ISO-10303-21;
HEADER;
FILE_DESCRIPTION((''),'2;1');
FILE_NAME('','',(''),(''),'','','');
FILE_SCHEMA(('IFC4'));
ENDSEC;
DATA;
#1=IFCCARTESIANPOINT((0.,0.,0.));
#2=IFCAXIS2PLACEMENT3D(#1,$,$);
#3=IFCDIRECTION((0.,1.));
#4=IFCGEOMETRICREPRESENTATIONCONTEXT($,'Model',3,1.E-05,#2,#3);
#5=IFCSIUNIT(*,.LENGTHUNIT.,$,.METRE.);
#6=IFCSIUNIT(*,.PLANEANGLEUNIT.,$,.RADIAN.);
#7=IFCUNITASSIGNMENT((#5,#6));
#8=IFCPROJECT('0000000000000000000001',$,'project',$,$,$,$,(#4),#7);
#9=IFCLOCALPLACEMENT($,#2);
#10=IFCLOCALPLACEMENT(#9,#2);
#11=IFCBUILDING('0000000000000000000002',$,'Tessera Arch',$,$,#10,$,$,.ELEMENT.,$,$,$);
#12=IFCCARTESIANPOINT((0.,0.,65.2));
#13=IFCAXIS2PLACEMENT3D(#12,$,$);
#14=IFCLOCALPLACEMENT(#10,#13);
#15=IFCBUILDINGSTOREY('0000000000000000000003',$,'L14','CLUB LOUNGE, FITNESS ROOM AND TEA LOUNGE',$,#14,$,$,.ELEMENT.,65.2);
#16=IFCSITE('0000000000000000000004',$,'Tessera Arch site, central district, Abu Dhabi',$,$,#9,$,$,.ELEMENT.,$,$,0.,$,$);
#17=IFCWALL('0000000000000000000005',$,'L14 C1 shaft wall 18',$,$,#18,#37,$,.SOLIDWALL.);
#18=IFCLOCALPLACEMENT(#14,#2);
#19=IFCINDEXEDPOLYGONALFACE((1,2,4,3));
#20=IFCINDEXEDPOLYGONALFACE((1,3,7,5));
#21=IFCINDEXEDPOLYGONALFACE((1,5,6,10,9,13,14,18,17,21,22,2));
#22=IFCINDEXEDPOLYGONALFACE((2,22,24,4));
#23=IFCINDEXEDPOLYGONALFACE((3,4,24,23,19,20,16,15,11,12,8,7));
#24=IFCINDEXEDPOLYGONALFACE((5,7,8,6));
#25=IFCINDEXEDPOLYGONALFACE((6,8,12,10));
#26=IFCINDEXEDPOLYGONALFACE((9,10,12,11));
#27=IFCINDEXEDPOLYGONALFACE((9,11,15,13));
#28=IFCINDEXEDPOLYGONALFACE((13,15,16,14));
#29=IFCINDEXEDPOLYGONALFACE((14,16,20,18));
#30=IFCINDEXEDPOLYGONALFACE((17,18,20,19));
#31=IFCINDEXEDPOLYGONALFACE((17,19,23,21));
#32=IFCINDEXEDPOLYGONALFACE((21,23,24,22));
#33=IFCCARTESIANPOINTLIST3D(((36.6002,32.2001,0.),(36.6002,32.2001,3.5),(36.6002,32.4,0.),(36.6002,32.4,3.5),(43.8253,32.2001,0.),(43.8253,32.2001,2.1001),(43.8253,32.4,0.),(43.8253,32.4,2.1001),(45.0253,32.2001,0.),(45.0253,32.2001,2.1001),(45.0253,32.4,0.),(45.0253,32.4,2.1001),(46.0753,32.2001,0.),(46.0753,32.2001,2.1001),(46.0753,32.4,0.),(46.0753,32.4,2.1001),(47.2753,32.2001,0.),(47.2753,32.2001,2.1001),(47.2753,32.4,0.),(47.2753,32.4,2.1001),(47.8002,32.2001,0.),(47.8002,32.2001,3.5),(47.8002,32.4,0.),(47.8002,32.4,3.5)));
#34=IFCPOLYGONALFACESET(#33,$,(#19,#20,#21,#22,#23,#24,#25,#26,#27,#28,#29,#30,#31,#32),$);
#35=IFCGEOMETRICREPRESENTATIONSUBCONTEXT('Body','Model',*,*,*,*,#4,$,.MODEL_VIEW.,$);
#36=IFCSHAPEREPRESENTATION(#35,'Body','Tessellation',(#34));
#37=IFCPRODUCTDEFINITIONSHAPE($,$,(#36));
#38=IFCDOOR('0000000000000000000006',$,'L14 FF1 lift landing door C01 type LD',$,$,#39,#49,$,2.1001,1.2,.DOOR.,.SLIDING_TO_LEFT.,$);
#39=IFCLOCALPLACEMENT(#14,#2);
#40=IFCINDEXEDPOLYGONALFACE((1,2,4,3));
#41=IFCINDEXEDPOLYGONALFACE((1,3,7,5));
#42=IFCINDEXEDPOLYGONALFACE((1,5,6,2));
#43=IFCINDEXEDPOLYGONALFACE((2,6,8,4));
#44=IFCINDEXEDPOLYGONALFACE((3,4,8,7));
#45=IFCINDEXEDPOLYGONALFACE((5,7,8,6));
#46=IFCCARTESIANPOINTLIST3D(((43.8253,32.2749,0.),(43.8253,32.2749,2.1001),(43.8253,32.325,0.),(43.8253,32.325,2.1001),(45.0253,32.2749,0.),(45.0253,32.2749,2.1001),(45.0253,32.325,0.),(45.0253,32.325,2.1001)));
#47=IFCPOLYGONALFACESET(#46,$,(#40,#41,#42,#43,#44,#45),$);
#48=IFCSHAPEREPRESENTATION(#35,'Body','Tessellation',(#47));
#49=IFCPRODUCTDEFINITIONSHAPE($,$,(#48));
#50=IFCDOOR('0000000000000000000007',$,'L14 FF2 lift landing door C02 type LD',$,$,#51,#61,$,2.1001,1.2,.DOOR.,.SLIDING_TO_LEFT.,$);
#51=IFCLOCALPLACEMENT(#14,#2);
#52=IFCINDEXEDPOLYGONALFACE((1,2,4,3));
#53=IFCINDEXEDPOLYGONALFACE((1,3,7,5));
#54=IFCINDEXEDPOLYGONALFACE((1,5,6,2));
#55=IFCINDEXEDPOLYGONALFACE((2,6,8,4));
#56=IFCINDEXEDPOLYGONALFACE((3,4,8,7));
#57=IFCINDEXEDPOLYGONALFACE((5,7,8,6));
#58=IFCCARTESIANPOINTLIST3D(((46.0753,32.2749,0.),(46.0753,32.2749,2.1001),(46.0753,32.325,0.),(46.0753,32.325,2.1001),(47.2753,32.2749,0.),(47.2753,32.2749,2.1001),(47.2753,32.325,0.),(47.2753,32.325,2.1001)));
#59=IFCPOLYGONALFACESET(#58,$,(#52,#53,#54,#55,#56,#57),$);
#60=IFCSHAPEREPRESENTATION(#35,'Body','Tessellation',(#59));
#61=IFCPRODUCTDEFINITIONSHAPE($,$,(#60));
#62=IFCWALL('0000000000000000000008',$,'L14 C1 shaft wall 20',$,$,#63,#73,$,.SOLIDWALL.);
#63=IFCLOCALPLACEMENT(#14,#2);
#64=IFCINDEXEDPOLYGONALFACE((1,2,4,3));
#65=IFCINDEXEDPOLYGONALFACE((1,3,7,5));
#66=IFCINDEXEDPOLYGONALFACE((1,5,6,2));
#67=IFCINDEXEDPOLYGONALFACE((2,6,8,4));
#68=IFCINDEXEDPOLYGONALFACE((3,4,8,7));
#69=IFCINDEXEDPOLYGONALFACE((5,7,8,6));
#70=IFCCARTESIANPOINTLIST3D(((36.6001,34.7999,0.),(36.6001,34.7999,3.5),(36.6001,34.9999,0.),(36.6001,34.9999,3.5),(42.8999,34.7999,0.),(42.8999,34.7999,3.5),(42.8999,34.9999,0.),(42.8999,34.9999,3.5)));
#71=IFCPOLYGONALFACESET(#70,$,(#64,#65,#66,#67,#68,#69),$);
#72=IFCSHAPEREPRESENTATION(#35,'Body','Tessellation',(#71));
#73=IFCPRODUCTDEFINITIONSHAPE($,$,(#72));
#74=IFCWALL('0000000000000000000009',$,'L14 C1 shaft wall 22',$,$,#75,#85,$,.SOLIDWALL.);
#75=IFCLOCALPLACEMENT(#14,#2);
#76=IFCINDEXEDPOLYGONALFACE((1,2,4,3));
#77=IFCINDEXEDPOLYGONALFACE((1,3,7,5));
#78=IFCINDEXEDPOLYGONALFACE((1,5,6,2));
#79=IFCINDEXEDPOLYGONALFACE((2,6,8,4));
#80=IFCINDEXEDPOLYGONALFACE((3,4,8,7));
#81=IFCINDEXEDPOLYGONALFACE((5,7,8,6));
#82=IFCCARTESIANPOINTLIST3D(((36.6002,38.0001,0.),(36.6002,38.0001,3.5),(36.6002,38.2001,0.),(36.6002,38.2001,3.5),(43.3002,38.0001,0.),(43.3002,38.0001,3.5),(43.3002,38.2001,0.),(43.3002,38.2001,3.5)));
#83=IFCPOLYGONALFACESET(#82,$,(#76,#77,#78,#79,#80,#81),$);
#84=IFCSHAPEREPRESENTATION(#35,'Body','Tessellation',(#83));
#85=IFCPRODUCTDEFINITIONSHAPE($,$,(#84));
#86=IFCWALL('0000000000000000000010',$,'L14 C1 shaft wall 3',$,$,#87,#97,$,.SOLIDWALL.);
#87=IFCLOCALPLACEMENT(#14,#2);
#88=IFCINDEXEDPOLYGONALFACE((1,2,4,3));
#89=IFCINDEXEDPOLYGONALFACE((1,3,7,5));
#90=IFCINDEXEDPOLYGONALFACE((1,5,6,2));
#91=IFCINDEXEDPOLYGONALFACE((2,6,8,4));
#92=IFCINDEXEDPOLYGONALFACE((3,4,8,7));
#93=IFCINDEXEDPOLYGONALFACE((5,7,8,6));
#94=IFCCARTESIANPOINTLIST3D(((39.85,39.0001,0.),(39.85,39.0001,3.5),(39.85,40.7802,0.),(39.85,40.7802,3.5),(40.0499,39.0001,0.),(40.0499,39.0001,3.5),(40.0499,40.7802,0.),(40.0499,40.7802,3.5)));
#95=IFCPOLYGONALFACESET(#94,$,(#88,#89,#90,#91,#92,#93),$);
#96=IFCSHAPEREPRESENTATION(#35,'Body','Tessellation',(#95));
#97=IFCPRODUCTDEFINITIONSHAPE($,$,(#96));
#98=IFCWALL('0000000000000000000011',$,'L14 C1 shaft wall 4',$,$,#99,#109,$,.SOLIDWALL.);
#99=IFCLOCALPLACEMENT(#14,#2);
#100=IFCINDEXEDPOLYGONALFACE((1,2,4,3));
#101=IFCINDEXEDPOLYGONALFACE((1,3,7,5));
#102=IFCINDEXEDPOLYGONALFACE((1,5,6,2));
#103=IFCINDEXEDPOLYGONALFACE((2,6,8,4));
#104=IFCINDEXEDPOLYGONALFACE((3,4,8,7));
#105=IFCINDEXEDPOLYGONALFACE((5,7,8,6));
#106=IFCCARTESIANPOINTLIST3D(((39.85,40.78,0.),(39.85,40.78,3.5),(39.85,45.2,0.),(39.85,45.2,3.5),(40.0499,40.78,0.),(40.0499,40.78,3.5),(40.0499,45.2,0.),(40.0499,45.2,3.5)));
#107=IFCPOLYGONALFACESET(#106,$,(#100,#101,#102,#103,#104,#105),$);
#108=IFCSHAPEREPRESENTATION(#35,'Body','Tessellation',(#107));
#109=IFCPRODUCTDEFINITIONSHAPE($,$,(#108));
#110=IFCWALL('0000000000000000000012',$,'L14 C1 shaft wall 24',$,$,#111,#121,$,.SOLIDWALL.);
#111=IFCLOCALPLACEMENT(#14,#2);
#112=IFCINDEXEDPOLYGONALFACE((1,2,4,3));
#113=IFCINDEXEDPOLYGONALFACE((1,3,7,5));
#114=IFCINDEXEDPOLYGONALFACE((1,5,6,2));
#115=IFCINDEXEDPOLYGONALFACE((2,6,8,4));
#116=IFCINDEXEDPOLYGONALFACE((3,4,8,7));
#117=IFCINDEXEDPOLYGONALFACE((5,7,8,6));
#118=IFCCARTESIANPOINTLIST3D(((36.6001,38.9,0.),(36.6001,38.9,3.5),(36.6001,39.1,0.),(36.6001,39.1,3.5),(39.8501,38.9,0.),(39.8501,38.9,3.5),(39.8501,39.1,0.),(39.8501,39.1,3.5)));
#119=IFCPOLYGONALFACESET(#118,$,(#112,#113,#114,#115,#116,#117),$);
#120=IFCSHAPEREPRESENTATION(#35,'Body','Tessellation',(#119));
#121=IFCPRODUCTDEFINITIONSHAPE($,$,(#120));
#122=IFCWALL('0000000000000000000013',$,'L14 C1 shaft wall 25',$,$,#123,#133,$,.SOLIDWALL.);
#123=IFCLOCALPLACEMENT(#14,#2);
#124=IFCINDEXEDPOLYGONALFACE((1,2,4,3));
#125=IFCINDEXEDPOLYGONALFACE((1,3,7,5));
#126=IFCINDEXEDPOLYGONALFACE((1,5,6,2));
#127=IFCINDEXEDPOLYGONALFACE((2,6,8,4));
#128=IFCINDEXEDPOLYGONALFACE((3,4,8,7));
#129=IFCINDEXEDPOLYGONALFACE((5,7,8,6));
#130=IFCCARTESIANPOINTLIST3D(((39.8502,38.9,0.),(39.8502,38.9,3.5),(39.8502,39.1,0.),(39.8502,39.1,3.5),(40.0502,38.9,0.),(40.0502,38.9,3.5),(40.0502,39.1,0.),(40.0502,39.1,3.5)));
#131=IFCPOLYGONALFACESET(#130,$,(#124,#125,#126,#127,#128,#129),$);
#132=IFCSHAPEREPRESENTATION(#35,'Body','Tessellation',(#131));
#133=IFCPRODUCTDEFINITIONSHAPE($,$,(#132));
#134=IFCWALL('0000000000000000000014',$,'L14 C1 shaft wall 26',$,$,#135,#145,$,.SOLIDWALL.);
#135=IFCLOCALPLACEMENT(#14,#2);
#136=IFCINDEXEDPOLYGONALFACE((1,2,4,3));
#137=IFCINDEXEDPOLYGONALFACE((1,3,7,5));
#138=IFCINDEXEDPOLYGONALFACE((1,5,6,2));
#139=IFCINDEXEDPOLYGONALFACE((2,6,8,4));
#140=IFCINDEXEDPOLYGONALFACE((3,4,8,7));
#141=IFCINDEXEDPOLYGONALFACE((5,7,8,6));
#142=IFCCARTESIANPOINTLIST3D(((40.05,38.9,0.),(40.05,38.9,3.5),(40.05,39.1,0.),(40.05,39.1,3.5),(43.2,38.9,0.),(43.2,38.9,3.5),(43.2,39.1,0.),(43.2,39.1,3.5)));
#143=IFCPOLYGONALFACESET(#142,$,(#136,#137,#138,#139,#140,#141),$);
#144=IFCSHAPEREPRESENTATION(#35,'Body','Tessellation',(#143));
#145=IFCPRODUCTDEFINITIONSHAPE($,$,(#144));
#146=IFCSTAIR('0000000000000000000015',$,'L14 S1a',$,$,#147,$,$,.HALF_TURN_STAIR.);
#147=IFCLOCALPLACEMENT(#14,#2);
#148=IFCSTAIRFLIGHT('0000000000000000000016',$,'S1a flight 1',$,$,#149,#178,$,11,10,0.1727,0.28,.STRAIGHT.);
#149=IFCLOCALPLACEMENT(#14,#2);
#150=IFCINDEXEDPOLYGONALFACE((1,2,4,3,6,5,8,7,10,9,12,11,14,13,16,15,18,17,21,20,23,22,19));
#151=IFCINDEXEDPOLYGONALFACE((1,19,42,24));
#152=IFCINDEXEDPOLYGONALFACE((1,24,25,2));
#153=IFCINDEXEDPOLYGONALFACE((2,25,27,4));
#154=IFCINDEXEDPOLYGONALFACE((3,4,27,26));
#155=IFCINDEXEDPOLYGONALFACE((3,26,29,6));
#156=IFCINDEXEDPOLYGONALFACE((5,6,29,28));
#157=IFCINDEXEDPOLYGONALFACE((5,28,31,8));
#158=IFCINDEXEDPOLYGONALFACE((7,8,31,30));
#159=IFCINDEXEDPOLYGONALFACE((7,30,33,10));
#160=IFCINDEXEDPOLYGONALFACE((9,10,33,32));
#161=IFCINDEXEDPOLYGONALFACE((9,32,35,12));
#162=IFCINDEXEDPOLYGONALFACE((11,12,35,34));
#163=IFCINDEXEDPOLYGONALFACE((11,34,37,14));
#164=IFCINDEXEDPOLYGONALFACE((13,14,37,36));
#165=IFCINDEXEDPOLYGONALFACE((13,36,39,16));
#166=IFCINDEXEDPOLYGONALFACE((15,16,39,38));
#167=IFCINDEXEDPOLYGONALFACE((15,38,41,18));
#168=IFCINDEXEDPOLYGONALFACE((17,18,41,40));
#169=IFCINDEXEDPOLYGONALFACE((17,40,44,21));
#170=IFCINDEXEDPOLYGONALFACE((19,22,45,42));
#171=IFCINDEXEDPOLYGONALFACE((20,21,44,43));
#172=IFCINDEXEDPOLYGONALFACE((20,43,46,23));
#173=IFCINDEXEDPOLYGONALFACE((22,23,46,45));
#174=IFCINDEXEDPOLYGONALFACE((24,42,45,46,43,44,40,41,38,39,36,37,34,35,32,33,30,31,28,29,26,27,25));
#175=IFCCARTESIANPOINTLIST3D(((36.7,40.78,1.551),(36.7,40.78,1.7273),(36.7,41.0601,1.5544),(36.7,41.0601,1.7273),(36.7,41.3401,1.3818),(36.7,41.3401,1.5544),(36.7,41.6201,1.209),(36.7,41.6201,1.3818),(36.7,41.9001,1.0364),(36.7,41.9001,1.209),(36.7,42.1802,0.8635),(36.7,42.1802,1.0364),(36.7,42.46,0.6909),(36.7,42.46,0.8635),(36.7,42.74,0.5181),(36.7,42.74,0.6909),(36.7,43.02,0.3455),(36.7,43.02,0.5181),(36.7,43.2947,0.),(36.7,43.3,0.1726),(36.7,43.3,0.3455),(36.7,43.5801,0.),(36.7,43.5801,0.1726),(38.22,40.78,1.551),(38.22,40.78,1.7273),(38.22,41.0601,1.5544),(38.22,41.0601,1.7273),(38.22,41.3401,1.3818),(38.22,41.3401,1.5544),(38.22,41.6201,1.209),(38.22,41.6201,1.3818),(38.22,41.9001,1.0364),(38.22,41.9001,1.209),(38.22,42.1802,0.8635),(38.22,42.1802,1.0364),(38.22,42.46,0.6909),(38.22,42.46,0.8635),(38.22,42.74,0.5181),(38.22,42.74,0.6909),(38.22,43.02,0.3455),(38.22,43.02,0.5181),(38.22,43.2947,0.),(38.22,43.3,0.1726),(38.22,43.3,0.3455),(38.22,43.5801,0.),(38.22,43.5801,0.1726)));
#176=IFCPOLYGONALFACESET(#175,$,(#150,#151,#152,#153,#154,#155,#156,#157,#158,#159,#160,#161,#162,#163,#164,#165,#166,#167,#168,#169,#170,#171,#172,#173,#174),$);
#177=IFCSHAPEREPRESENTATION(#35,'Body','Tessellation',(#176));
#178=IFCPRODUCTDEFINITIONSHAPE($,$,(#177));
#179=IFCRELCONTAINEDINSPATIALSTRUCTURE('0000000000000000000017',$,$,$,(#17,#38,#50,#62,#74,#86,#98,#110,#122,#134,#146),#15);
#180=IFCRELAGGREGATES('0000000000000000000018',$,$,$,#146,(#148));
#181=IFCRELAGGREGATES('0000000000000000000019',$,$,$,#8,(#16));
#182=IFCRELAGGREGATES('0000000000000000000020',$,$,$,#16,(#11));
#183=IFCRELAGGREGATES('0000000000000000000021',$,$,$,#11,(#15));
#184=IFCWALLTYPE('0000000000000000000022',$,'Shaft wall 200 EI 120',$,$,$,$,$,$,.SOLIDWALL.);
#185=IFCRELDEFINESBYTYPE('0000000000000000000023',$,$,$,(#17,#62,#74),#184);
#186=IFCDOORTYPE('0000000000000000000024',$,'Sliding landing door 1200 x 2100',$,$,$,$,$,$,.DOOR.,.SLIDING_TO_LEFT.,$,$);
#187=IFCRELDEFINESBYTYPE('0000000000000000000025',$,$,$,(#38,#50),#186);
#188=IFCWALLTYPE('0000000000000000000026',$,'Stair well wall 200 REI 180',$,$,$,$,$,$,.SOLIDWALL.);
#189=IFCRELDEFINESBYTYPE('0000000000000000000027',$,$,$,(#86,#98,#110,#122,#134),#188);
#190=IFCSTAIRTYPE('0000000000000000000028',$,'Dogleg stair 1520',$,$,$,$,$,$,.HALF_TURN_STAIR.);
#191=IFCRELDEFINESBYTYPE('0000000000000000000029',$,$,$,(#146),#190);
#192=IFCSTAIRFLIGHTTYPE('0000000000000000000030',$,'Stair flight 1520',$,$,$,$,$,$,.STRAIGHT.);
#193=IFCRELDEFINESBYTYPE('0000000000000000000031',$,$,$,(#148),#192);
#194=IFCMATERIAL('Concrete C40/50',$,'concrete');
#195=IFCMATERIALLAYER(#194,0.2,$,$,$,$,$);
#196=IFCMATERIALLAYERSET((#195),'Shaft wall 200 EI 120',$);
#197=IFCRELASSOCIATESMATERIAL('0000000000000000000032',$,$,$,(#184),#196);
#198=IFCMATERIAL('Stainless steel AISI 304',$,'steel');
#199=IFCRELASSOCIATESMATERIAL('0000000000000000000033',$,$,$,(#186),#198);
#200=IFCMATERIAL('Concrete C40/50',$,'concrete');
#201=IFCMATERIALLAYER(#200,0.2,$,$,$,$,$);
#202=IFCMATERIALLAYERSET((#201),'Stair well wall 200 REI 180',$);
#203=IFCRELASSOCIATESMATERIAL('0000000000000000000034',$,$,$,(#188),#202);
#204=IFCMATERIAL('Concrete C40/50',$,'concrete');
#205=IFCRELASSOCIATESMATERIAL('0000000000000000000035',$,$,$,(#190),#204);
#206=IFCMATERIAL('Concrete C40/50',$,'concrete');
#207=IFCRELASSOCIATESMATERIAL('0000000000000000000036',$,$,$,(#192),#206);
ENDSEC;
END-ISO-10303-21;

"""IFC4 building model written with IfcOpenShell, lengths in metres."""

from ifc_helpers import new_model, si_unit, direction, frame, frame_2d, origin, place, context, subcontext, project, spatial, polyline, rectangle, outline, extrude, material, layer, layer_set, type_object, element, fill, aggregate, save


model = new_model("IFC4")

# Units and contexts
model_context = context("Model", 3, precision=1e-05, world=origin(), true_north=direction((0.0, 1.0)))
body_context = subcontext(model_context, "Body", "Model", "MODEL_VIEW")
ifc_project = project(units=[si_unit("LENGTHUNIT", "METRE"), si_unit("PLANEANGLEUNIT", "RADIAN")], contexts=[model_context])

# Site, building, storey
site_placement = place(None, origin())
site = spatial("IfcSite", under=ifc_project, at=site_placement, Name="Tessera Arch site, central district, Abu Dhabi", CompositionType="ELEMENT", RefElevation=0.0)
building_placement = place(site_placement, origin())
building = spatial("IfcBuilding", under=site, at=building_placement, Name="Tessera Arch", CompositionType="ELEMENT")
storey_placement = place(building_placement, frame((0.0, 0.0, 65.2)))
storey = spatial("IfcBuildingStorey", under=building, at=storey_placement, Name="L14", Description="CLUB LOUNGE, FITNESS ROOM AND TEA LOUNGE", CompositionType="ELEMENT", Elevation=65.2)

# Shared definitions
ifc_material_1 = material(Name="Concrete C40/50", Category="concrete")
ifc_layer_1 = layer(ifc_material_1, 0.2)
ifc_layer_set_1 = layer_set([ifc_layer_1], Name="Shaft wall 200 EI 120")
wall_type_1 = type_object("IfcWallType", Name="Shaft wall 200 EI 120", PredefinedType="SOLIDWALL", material=ifc_layer_set_1)

# Wall, openings, doors
wall_1_placement = place(storey_placement, frame((36.6001, 32.3, 0.0), z_axis=(0.0, 0.0, 1.0), x_axis=(1.0, 0.0, 0.0)))
wall_1 = element("IfcWall", 1, at=wall_1_placement, inside=storey, type_object=wall_type_1, Name="L14 C1 shaft wall 18", PredefinedType="SOLIDWALL", context=body_context, shape_type="SweptSolid", body=[
    extrude(rectangle(XDim=11.2, YDim=0.2, at=frame_2d((5.6001, 0.0))), origin(), (0.0, 0.0, 1.0), 3.5),
])
opening_1_placement = place(wall_1_placement, frame((7.2251, 0.0, 0.0)))
opening_1 = element("IfcOpeningElement", 2, at=opening_1_placement, cuts=wall_1, PredefinedType="OPENING", context=body_context, shape_type="SweptSolid", body=[
    extrude(rectangle(XDim=1.2, YDim=2.1001, at=frame_2d((0.6001, 1.05))), frame((0.0, 0.1099, 0.0), z_axis=(0.0, -1.0, 0.0), x_axis=(1.0, 0.0, 0.0)), (0.0, 0.0, 1.0), 0.22),
])
opening_2_placement = place(wall_1_placement, frame((9.4751, 0.0, 0.0)))
opening_2 = element("IfcOpeningElement", 3, at=opening_2_placement, cuts=wall_1, PredefinedType="OPENING", context=body_context, shape_type="SweptSolid", body=[
    extrude(rectangle(XDim=1.2, YDim=2.1001, at=frame_2d((0.6001, 1.05))), frame((0.0, 0.1099, 0.0), z_axis=(0.0, -1.0, 0.0), x_axis=(1.0, 0.0, 0.0)), (0.0, 0.0, 1.0), 0.22),
])
ifc_material_2 = material(Name="Stainless steel AISI 304", Category="steel")
door_type_1 = type_object("IfcDoorType", Name="Sliding landing door 1200 x 2100", OperationType="SLIDING_TO_LEFT", PredefinedType="DOOR", material=ifc_material_2)
door_1_placement = place(opening_1_placement, origin())
door_1 = element("IfcDoor", 4, at=door_1_placement, inside=storey, type_object=door_type_1, Name="L14 FF1 lift landing door C01 type LD", OperationType="SLIDING_TO_LEFT", OverallHeight=2.1001, OverallWidth=1.2, PredefinedType="DOOR", context=body_context, shape_type="SweptSolid", body=[
    extrude(rectangle(XDim=1.2, YDim=2.1001, at=frame_2d((0.6001, 1.05))), frame((0.0, 0.0249, 0.0), z_axis=(0.0, -1.0, 0.0), x_axis=(1.0, 0.0, 0.0)), (0.0, 0.0, 1.0), 0.05),
])
fill(opening_1, door_1)
door_2_placement = place(opening_2_placement, origin())
door_2 = element("IfcDoor", 5, at=door_2_placement, inside=storey, type_object=door_type_1, Name="L14 FF2 lift landing door C02 type LD", OperationType="SLIDING_TO_LEFT", OverallHeight=2.1001, OverallWidth=1.2, PredefinedType="DOOR", context=body_context, shape_type="SweptSolid", body=[
    extrude(rectangle(XDim=1.2, YDim=2.1001, at=frame_2d((0.6001, 1.05))), frame((0.0, 0.0249, 0.0), z_axis=(0.0, -1.0, 0.0), x_axis=(1.0, 0.0, 0.0)), (0.0, 0.0, 1.0), 0.05),
])
fill(opening_2, door_2)

# Walls
wall_2_placement = place(storey_placement, frame((36.6001, 34.8999, 0.0), z_axis=(0.0, 0.0, 1.0), x_axis=(1.0, 0.0, 0.0)))
element("IfcWall", 6, at=wall_2_placement, inside=storey, type_object=wall_type_1, Name="L14 C1 shaft wall 20", PredefinedType="SOLIDWALL", context=body_context, shape_type="SweptSolid", body=[
    extrude(rectangle(XDim=6.2998, YDim=0.2, at=frame_2d((3.1499, 0.0))), origin(), (0.0, 0.0, 1.0), 3.5),
])
wall_3_placement = place(storey_placement, frame((36.6001, 38.1001, 0.0), z_axis=(0.0, 0.0, 1.0), x_axis=(1.0, 0.0, 0.0)))
element("IfcWall", 7, at=wall_3_placement, inside=storey, type_object=wall_type_1, Name="L14 C1 shaft wall 22", PredefinedType="SOLIDWALL", context=body_context, shape_type="SweptSolid", body=[
    extrude(rectangle(XDim=6.7, YDim=0.2, at=frame_2d((3.3501, 0.0))), origin(), (0.0, 0.0, 1.0), 3.5),
])
ifc_material_3 = material(Name="Concrete C40/50", Category="concrete")
ifc_layer_2 = layer(ifc_material_3, 0.2)
ifc_layer_set_2 = layer_set([ifc_layer_2], Name="Stair well wall 200 REI 180")
wall_type_2 = type_object("IfcWallType", Name="Stair well wall 200 REI 180", PredefinedType="SOLIDWALL", material=ifc_layer_set_2)
wall_4_placement = place(storey_placement, frame((39.95, 39.0, 0.0), z_axis=(0.0, 0.0, 1.0), x_axis=(0.0, 1.0, 0.0)))
element("IfcWall", 8, at=wall_4_placement, inside=storey, type_object=wall_type_2, Name="L14 C1 shaft wall 3", PredefinedType="SOLIDWALL", context=body_context, shape_type="SweptSolid", body=[
    extrude(rectangle(XDim=1.78, YDim=0.2, at=frame_2d((0.8901, 0.0))), origin(), (0.0, 0.0, 1.0), 3.5),
])
wall_5_placement = place(storey_placement, frame((39.95, 40.78, 0.0), z_axis=(0.0, 0.0, 1.0), x_axis=(0.0, 1.0, 0.0)))
element("IfcWall", 9, at=wall_5_placement, inside=storey, type_object=wall_type_2, Name="L14 C1 shaft wall 4", PredefinedType="SOLIDWALL", context=body_context, shape_type="SweptSolid", body=[
    extrude(rectangle(XDim=4.4199, YDim=0.2, at=frame_2d((2.21, 0.0))), origin(), (0.0, 0.0, 1.0), 3.5),
])
wall_6_placement = place(storey_placement, frame((36.6001, 39.0, 0.0), z_axis=(0.0, 0.0, 1.0), x_axis=(1.0, 0.0, 0.0)))
element("IfcWall", 10, at=wall_6_placement, inside=storey, type_object=wall_type_2, Name="L14 C1 shaft wall 24", PredefinedType="SOLIDWALL", context=body_context, shape_type="SweptSolid", body=[
    extrude(rectangle(XDim=3.25, YDim=0.2, at=frame_2d((1.625, 0.0))), origin(), (0.0, 0.0, 1.0), 3.5),
])
wall_7_placement = place(storey_placement, frame((39.8501, 39.0, 0.0), z_axis=(0.0, 0.0, 1.0), x_axis=(1.0, 0.0, 0.0)))
element("IfcWall", 11, at=wall_7_placement, inside=storey, type_object=wall_type_2, Name="L14 C1 shaft wall 25", PredefinedType="SOLIDWALL", context=body_context, shape_type="SweptSolid", body=[
    extrude(rectangle(XDim=0.2, YDim=0.2, at=frame_2d((0.1001, 0.0))), origin(), (0.0, 0.0, 1.0), 3.5),
])
wall_8_placement = place(storey_placement, frame((40.05, 39.0, 0.0), z_axis=(0.0, 0.0, 1.0), x_axis=(1.0, 0.0, 0.0)))
element("IfcWall", 12, at=wall_8_placement, inside=storey, type_object=wall_type_2, Name="L14 C1 shaft wall 26", PredefinedType="SOLIDWALL", context=body_context, shape_type="SweptSolid", body=[
    extrude(rectangle(XDim=3.1499, YDim=0.2, at=frame_2d((1.575, 0.0))), origin(), (0.0, 0.0, 1.0), 3.5),
])

# Stair, stair flight
ifc_material_4 = material(Name="Concrete C40/50", Category="concrete")
stair_type = type_object("IfcStairType", Name="Dogleg stair 1520", PredefinedType="HALF_TURN_STAIR", material=ifc_material_4)
stair_1_placement = place(storey_placement, origin())
stair_1 = element("IfcStair", 13, at=stair_1_placement, inside=storey, type_object=stair_type, Name="L14 S1a", PredefinedType="HALF_TURN_STAIR")
ifc_material_5 = material(Name="Concrete C40/50", Category="concrete")
stair_flight_type = type_object("IfcStairFlightType", Name="Stair flight 1520", PredefinedType="STRAIGHT", material=ifc_material_5)
stair_flight_1_placement = place(storey_placement, frame((37.46, 43.5801, 0.0), z_axis=(0.0, 0.0, 1.0), x_axis=(0.0, -1.0, 0.0)))
stair_flight_1 = element("IfcStairFlight", 14, at=stair_flight_1_placement, type_object=stair_flight_type, Name="S1a flight 1", NumberOfRisers=11, NumberOfTreads=10, PredefinedType="STRAIGHT", RiserHeight=0.1727, TreadLength=0.28, context=body_context, shape_type="SweptSolid", body=[
    extrude(outline(polyline([(0.0, 0.0), (0.0, 0.1726), (0.28, 0.1726), (0.28, 0.3455), (0.5601, 0.3455), (0.5601, 0.5181), (0.8401, 0.5181), (0.8401, 0.6909), (1.1201, 0.6909), (1.1201, 0.8635), (1.3999, 0.8635), (1.3999, 1.0364), (1.6799, 1.0364), (1.6799, 1.209), (1.96, 1.209), (1.96, 1.3818), (2.24, 1.3818), (2.24, 1.5544), (2.52, 1.5544), (2.52, 1.7273), (2.8, 1.7273), (2.8, 1.8999), (2.8, 1.551), (0.2854, 0.0), (0.0, 0.0)])), frame((0.0, 0.76, 0.0), z_axis=(0.0, -1.0, 0.0), x_axis=(1.0, 0.0, 0.0)), (0.0, 0.0, 1.0), 1.52),
])
aggregate(stair_1, [stair_flight_1])

save(model, "model.ifc")
